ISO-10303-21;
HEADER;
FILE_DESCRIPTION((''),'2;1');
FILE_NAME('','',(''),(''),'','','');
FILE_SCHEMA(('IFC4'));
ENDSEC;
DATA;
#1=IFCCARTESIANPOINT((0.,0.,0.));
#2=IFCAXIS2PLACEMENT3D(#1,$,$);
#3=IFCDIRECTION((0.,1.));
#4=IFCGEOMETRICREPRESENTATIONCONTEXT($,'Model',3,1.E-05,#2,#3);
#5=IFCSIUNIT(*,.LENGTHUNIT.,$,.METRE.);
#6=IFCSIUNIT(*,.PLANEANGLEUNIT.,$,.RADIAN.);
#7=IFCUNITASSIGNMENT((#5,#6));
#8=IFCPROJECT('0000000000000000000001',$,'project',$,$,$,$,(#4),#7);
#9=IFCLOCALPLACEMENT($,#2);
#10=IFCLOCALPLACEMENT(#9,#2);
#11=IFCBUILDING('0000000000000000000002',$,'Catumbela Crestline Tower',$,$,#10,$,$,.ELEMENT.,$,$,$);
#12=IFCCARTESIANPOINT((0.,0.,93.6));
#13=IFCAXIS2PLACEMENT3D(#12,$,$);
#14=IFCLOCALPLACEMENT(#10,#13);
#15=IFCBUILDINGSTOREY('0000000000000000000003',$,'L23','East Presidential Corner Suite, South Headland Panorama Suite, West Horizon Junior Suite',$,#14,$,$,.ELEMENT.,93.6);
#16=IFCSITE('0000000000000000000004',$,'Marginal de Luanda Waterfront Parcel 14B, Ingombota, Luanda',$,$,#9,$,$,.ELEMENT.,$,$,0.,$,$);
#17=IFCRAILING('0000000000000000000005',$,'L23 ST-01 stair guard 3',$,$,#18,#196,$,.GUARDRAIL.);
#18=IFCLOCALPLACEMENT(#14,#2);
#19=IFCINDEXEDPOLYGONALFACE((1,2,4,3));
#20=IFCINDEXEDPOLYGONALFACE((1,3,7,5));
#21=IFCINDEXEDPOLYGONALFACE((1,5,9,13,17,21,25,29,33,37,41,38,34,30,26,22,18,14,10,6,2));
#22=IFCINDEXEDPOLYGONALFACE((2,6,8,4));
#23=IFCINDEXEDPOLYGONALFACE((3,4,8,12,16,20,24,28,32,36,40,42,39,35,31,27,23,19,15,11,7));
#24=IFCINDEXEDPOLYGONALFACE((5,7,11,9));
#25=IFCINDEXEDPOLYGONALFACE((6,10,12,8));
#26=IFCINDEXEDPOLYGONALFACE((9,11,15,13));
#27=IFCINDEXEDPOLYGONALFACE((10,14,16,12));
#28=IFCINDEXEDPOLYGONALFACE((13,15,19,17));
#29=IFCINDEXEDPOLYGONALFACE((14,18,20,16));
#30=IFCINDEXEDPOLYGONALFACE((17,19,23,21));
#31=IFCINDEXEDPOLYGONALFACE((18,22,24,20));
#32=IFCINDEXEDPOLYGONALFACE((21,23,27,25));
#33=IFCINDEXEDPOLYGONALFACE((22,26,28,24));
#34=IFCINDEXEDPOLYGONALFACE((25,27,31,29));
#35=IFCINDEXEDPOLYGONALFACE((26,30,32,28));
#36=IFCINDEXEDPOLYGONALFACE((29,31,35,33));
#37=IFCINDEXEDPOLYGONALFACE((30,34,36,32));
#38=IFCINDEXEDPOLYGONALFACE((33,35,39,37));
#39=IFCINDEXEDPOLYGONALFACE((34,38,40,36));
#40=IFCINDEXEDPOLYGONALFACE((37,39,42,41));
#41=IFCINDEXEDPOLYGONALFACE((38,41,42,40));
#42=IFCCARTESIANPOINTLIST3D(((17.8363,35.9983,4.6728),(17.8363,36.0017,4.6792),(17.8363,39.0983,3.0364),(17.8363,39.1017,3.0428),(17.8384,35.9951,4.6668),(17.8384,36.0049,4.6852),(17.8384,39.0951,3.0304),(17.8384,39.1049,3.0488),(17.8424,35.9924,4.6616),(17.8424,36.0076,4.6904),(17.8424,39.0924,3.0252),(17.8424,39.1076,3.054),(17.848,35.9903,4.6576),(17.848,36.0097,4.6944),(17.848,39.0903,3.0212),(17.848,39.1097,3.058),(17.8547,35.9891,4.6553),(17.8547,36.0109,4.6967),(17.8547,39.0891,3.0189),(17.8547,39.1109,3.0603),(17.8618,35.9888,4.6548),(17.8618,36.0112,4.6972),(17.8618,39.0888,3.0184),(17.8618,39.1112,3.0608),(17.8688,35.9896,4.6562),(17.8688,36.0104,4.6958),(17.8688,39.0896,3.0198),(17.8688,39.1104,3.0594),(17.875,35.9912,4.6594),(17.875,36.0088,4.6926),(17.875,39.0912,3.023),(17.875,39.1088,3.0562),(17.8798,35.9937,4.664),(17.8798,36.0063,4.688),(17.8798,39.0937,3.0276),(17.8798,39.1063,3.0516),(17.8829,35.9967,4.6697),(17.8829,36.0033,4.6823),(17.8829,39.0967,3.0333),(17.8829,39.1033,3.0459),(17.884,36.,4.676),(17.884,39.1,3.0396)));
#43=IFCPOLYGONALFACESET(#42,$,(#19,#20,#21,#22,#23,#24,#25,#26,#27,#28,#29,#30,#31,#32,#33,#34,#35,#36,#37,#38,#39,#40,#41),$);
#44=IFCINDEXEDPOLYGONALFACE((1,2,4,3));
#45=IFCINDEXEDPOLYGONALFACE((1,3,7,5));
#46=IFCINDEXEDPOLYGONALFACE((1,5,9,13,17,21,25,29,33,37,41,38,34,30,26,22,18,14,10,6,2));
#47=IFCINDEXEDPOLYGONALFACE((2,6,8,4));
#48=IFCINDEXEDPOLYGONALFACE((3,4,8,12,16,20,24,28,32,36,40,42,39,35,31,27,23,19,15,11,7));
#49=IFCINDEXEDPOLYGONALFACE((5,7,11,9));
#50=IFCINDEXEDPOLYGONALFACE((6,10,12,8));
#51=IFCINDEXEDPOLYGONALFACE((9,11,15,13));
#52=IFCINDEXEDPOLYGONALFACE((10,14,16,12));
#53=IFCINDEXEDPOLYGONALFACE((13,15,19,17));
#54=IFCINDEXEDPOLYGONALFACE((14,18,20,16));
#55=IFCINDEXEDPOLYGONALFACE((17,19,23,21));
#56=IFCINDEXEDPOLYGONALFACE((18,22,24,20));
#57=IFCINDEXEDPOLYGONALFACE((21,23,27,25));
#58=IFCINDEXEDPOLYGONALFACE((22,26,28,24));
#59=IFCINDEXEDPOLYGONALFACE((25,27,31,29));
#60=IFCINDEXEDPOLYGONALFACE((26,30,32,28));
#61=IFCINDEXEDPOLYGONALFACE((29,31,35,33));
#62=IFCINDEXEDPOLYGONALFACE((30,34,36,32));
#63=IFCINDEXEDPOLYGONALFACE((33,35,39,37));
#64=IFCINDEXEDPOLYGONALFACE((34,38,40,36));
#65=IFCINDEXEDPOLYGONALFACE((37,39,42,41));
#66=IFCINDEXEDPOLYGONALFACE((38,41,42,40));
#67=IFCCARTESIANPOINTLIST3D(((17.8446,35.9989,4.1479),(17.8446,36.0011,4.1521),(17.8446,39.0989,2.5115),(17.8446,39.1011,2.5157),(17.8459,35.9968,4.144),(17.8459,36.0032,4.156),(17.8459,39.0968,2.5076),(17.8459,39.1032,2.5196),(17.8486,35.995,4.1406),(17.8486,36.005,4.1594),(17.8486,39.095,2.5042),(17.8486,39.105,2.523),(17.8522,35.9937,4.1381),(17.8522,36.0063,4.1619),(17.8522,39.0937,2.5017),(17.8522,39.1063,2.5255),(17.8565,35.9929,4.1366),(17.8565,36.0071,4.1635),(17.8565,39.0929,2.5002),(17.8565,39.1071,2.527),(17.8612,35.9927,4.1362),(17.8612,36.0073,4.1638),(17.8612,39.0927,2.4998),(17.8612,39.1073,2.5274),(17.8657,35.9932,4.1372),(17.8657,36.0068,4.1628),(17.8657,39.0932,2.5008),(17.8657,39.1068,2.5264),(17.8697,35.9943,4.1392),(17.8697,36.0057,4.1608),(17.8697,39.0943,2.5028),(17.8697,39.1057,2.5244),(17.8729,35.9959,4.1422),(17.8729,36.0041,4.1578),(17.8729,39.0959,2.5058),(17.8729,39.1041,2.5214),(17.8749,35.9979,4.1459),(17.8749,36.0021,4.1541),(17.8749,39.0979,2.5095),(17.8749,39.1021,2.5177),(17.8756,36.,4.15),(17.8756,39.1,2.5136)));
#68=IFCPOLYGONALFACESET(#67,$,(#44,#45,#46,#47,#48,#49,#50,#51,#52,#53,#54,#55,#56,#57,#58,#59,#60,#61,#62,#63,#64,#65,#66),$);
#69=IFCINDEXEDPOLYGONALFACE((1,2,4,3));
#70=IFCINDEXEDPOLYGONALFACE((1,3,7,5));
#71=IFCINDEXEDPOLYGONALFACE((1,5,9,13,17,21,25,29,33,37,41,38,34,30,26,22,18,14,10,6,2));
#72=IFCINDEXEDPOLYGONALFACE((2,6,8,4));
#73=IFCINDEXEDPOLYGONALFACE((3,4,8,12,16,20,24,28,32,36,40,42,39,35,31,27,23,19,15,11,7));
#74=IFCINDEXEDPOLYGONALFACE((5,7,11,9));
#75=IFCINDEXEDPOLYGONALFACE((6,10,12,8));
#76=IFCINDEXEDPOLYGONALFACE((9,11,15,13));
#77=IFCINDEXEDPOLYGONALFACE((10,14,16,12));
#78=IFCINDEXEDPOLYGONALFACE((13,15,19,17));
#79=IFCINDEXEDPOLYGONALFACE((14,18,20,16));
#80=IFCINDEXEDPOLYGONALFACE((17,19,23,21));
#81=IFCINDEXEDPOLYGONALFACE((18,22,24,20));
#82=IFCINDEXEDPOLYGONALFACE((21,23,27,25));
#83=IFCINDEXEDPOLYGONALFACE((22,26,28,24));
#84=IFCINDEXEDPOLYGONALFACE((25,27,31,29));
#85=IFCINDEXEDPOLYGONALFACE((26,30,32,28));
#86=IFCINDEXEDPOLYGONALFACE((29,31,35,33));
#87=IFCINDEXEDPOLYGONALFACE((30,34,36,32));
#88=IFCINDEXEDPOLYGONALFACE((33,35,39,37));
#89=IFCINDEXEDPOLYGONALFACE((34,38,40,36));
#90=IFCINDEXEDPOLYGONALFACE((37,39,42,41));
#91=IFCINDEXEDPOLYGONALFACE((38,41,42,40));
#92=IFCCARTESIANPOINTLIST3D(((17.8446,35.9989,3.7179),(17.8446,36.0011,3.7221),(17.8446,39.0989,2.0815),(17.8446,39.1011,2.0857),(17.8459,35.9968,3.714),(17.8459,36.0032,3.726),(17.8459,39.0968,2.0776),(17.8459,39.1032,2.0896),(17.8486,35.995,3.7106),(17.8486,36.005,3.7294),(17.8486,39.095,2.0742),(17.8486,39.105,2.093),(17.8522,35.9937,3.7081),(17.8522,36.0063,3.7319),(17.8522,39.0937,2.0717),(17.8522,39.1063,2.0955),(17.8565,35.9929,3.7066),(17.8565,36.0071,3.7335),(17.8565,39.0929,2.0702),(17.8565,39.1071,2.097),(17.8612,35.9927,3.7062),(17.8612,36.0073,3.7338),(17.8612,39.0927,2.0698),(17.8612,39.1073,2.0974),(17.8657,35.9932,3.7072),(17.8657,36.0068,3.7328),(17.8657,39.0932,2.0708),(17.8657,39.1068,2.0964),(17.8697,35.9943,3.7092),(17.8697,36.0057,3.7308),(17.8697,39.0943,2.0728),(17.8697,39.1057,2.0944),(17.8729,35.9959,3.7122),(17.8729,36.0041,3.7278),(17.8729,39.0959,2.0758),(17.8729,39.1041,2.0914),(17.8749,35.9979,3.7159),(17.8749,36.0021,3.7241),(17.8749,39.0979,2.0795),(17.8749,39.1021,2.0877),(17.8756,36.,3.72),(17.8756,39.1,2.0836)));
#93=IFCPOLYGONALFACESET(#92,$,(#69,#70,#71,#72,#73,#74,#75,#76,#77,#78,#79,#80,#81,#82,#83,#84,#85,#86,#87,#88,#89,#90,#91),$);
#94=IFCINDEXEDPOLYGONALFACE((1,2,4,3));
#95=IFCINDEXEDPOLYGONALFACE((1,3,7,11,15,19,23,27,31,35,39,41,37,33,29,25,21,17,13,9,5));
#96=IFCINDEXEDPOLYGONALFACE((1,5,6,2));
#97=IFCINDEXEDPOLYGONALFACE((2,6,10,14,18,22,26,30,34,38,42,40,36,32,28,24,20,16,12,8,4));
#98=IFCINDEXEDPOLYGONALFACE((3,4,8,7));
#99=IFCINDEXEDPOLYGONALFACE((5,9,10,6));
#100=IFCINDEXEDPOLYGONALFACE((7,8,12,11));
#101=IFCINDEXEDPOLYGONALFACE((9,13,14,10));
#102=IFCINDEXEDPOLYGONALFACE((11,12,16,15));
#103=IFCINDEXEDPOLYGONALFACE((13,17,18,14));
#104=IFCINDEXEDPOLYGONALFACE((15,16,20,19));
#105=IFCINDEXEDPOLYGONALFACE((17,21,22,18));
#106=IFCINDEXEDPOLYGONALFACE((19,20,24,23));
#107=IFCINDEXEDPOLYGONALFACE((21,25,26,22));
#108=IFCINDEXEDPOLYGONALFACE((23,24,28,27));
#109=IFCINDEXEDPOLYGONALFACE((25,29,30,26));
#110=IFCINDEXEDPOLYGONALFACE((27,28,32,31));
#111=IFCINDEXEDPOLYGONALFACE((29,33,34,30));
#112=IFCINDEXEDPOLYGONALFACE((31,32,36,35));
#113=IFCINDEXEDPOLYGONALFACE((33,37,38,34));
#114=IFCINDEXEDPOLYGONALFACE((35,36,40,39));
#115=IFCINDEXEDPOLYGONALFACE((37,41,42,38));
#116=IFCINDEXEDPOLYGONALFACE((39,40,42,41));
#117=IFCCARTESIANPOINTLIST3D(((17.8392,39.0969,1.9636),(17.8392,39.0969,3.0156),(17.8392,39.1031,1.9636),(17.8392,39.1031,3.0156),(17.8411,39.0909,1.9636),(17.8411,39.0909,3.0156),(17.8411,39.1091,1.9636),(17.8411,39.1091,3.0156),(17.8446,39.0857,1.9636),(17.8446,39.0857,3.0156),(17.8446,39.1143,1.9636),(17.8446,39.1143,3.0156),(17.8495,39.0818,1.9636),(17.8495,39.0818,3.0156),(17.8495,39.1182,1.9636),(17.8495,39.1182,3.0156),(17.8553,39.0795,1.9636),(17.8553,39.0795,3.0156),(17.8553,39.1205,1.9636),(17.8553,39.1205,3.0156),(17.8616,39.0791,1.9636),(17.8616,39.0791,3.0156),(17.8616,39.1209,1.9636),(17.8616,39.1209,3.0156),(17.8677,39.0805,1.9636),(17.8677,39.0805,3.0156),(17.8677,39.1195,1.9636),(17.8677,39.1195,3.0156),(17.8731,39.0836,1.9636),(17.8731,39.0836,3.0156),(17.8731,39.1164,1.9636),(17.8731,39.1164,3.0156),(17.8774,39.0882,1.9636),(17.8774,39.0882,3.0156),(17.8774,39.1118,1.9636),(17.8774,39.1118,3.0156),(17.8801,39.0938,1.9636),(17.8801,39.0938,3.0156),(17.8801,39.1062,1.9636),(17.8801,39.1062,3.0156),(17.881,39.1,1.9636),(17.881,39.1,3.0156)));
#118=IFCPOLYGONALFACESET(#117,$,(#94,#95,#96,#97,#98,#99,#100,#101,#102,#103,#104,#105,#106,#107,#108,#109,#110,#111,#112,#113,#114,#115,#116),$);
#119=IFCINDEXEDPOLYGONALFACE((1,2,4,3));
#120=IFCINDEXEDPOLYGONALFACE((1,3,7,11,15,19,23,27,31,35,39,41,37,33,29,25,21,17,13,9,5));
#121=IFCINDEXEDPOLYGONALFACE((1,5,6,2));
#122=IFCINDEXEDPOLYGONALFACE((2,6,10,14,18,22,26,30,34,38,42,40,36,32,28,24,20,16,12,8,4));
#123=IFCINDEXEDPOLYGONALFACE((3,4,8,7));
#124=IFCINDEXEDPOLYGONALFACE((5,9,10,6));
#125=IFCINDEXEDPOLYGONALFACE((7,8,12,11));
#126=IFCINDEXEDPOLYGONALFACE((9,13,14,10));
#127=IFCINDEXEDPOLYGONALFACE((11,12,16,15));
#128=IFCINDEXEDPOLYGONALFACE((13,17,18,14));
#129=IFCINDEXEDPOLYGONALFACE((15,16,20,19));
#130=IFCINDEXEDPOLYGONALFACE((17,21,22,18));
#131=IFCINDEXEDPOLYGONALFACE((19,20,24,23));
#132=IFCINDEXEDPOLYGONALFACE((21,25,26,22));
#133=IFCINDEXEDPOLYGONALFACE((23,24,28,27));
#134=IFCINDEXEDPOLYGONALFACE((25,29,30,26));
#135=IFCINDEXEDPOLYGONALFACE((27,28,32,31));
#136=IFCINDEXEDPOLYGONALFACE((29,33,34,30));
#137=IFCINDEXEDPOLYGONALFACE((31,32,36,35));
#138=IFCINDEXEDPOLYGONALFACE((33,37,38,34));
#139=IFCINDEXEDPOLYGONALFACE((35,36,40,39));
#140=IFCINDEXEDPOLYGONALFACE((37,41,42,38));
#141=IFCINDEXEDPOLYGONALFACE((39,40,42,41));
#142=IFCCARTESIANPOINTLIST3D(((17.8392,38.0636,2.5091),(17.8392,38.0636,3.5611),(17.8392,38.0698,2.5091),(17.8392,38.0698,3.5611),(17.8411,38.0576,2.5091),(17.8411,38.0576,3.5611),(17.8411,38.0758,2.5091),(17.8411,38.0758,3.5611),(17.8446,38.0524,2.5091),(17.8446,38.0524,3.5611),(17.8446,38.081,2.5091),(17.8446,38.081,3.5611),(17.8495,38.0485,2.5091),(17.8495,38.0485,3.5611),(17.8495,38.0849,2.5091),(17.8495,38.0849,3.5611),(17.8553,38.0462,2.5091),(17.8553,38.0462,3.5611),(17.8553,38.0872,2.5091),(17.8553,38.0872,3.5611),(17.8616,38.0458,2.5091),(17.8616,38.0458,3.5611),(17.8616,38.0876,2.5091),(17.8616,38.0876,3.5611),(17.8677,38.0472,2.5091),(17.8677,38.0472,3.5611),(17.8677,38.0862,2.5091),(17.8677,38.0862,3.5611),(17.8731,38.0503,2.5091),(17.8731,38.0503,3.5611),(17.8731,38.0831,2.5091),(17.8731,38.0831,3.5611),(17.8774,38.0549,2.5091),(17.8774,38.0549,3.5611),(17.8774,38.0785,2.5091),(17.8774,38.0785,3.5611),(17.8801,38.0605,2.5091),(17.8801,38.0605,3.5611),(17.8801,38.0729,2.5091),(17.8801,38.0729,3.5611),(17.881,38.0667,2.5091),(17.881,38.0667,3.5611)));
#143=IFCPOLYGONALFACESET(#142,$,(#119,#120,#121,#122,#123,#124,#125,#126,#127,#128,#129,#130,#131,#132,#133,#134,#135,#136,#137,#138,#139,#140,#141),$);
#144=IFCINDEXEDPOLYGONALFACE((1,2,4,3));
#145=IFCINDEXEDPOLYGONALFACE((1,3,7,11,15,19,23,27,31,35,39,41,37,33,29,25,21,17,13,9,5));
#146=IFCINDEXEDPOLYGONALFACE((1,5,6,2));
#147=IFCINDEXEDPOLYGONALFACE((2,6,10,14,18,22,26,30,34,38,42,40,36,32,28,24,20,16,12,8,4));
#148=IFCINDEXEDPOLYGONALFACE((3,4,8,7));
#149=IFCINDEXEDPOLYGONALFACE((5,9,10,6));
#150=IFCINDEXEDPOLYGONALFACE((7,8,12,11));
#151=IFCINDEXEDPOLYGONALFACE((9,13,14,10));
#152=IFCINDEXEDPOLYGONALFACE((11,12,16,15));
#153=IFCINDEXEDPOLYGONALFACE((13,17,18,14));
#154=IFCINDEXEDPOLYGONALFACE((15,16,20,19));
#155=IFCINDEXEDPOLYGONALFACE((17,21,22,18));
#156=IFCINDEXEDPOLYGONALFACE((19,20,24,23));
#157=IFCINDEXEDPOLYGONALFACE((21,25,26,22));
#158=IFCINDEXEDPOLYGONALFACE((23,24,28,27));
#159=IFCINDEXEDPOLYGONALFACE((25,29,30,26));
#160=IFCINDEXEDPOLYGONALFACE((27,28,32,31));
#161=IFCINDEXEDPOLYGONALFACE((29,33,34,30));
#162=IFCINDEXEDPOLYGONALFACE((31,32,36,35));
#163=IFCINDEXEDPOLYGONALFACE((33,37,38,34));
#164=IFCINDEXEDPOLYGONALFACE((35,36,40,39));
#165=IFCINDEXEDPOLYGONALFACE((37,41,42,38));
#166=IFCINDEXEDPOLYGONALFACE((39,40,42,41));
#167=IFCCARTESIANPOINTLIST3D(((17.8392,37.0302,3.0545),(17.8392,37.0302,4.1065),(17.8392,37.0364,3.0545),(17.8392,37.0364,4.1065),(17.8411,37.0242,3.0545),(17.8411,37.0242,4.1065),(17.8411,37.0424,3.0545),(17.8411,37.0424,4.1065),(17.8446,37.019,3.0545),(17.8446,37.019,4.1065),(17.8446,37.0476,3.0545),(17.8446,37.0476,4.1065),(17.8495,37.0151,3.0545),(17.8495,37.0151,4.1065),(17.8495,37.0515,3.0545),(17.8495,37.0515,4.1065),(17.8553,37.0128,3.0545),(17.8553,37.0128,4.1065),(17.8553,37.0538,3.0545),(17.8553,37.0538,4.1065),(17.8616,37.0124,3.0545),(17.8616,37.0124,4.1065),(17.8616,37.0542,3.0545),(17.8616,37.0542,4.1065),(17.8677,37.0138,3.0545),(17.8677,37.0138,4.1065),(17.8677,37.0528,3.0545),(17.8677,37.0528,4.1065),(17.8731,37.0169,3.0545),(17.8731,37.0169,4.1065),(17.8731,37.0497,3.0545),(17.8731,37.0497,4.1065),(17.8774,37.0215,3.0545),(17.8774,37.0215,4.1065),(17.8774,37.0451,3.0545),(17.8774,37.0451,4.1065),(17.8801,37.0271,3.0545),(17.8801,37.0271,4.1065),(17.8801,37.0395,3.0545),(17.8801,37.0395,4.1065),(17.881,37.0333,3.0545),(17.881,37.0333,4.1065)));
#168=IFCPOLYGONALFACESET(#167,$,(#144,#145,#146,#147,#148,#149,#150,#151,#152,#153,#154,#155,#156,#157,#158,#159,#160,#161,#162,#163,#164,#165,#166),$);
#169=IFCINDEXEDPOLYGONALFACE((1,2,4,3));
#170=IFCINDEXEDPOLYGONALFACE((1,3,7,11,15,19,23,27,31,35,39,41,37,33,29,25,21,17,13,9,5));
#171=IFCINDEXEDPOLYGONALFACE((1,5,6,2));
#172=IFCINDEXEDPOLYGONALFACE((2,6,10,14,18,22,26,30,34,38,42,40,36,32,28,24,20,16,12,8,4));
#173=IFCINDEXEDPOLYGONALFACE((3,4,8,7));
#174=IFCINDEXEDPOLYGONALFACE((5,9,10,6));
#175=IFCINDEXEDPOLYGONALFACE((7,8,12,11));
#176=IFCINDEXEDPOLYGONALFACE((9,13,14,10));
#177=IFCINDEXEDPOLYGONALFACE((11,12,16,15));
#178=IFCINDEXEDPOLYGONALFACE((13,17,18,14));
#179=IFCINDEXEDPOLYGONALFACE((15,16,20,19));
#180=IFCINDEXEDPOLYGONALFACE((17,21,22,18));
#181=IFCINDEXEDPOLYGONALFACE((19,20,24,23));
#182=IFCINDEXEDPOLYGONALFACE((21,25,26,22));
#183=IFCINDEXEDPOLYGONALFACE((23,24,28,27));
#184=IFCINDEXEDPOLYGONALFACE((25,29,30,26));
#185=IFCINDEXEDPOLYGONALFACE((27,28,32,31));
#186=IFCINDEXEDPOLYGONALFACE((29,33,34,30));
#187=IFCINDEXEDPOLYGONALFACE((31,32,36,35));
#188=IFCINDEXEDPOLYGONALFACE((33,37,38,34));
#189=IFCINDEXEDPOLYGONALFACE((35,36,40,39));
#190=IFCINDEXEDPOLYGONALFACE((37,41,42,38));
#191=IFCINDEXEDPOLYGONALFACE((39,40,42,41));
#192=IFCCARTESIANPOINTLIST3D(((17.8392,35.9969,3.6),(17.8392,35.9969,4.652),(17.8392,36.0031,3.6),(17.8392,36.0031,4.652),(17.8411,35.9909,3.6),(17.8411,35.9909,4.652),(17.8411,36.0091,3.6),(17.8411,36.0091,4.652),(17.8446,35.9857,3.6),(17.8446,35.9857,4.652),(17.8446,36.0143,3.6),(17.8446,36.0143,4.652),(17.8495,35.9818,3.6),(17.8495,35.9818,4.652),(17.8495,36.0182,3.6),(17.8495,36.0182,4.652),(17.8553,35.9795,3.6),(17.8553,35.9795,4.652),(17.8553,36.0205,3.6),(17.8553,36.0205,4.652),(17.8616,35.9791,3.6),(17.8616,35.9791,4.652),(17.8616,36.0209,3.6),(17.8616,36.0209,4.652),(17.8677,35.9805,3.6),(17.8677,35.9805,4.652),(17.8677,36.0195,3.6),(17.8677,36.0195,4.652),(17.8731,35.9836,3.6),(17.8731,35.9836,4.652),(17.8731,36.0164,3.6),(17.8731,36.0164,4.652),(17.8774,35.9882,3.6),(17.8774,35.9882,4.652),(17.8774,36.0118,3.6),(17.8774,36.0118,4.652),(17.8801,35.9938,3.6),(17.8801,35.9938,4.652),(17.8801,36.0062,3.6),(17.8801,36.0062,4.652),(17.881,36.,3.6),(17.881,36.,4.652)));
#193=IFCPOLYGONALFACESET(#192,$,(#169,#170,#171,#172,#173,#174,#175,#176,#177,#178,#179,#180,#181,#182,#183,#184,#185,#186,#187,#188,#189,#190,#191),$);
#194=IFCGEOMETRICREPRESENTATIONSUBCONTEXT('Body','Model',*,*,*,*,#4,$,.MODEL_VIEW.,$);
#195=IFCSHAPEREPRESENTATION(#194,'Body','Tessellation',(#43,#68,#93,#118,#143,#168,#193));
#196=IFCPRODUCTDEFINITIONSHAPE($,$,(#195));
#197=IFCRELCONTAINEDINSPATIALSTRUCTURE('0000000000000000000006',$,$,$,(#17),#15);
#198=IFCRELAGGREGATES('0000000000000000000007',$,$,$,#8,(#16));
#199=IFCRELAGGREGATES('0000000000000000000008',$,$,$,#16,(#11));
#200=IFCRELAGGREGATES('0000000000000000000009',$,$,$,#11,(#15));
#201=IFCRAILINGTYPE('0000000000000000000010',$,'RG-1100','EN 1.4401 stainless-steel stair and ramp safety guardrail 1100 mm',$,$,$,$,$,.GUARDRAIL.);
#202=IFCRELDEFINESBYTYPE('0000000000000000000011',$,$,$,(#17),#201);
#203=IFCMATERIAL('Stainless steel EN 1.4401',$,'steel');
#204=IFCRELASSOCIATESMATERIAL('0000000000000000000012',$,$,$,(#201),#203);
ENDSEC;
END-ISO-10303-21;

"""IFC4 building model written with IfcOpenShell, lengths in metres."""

from ifc_helpers import new_model, si_unit, direction, frame, origin, origin_2d, place, context, subcontext, project, spatial, circle, extrude, material, type_object, element, save


model = new_model("IFC4")

# Units and contexts
model_context = context("Model", 3, precision=1e-05, world=origin(), true_north=direction((0.0, 1.0)))
body_context = subcontext(model_context, "Body", "Model", "MODEL_VIEW")
ifc_project = project(units=[si_unit("LENGTHUNIT", "METRE"), si_unit("PLANEANGLEUNIT", "RADIAN")], contexts=[model_context])

# Site, building, storey
site_placement = place(None, origin())
site = spatial("IfcSite", under=ifc_project, at=site_placement, Name="Marginal de Luanda Waterfront Parcel 14B, Ingombota, Luanda", CompositionType="ELEMENT", RefElevation=0.0)
building_placement = place(site_placement, origin())
building = spatial("IfcBuilding", under=site, at=building_placement, Name="Catumbela Crestline Tower", CompositionType="ELEMENT")
storey_placement = place(building_placement, frame((0.0, 0.0, 93.6)))
storey = spatial("IfcBuildingStorey", under=building, at=storey_placement, Name="L23", Description="East Presidential Corner Suite, South Headland Panorama Suite, West Horizon Junior Suite", CompositionType="ELEMENT", Elevation=93.6)

# Railing
ifc_material_1 = material(Name="Stainless steel EN 1.4401", Category="steel")
railing_type_1 = type_object("IfcRailingType", Name="RG-1100", Description="EN 1.4401 stainless-steel stair and ramp safety guardrail 1100 mm", PredefinedType="GUARDRAIL", material=ifc_material_1)
railing_1_placement = place(storey_placement, frame((17.86, 39.1, 1.9636)))
element("IfcRailing", 1, at=railing_1_placement, inside=storey, type_object=railing_type_1, Name="L23 ST-01 stair guard 3", PredefinedType="GUARDRAIL", context=body_context, shape_type="SweptSolid", body=[
    extrude(circle(Radius=0.024, at=origin_2d()), frame((0.0, 0.0, 1.076), z_axis=(0.0, -0.884351, 0.466823), x_axis=(1.0, 0.0, 0.0)), (0.0, 0.0, 1.0), 3.5054),
    extrude(circle(Radius=0.0156, at=origin_2d()), frame((0.0, 0.0, 0.55), z_axis=(0.0, -0.884351, 0.466823), x_axis=(1.0, 0.0, 0.0)), (0.0, 0.0, 1.0), 3.5054),
    extrude(circle(Radius=0.0156, at=origin_2d()), frame((0.0, 0.0, 0.12), z_axis=(0.0, -0.884351, 0.466823), x_axis=(1.0, 0.0, 0.0)), (0.0, 0.0, 1.0), 3.5054),
    extrude(circle(Radius=0.021, at=origin_2d()), origin(), (0.0, 0.0, 1.0), 1.052),
    extrude(circle(Radius=0.021, at=origin_2d()), frame((0.0, -1.0333, 0.5455)), (0.0, 0.0, 1.0), 1.052),
    extrude(circle(Radius=0.021, at=origin_2d()), frame((0.0, -2.0667, 1.0909)), (0.0, 0.0, 1.0), 1.052),
    extrude(circle(Radius=0.021, at=origin_2d()), frame((0.0, -3.1, 1.6364)), (0.0, 0.0, 1.0), 1.052),
])

save(model, "model.ifc")
